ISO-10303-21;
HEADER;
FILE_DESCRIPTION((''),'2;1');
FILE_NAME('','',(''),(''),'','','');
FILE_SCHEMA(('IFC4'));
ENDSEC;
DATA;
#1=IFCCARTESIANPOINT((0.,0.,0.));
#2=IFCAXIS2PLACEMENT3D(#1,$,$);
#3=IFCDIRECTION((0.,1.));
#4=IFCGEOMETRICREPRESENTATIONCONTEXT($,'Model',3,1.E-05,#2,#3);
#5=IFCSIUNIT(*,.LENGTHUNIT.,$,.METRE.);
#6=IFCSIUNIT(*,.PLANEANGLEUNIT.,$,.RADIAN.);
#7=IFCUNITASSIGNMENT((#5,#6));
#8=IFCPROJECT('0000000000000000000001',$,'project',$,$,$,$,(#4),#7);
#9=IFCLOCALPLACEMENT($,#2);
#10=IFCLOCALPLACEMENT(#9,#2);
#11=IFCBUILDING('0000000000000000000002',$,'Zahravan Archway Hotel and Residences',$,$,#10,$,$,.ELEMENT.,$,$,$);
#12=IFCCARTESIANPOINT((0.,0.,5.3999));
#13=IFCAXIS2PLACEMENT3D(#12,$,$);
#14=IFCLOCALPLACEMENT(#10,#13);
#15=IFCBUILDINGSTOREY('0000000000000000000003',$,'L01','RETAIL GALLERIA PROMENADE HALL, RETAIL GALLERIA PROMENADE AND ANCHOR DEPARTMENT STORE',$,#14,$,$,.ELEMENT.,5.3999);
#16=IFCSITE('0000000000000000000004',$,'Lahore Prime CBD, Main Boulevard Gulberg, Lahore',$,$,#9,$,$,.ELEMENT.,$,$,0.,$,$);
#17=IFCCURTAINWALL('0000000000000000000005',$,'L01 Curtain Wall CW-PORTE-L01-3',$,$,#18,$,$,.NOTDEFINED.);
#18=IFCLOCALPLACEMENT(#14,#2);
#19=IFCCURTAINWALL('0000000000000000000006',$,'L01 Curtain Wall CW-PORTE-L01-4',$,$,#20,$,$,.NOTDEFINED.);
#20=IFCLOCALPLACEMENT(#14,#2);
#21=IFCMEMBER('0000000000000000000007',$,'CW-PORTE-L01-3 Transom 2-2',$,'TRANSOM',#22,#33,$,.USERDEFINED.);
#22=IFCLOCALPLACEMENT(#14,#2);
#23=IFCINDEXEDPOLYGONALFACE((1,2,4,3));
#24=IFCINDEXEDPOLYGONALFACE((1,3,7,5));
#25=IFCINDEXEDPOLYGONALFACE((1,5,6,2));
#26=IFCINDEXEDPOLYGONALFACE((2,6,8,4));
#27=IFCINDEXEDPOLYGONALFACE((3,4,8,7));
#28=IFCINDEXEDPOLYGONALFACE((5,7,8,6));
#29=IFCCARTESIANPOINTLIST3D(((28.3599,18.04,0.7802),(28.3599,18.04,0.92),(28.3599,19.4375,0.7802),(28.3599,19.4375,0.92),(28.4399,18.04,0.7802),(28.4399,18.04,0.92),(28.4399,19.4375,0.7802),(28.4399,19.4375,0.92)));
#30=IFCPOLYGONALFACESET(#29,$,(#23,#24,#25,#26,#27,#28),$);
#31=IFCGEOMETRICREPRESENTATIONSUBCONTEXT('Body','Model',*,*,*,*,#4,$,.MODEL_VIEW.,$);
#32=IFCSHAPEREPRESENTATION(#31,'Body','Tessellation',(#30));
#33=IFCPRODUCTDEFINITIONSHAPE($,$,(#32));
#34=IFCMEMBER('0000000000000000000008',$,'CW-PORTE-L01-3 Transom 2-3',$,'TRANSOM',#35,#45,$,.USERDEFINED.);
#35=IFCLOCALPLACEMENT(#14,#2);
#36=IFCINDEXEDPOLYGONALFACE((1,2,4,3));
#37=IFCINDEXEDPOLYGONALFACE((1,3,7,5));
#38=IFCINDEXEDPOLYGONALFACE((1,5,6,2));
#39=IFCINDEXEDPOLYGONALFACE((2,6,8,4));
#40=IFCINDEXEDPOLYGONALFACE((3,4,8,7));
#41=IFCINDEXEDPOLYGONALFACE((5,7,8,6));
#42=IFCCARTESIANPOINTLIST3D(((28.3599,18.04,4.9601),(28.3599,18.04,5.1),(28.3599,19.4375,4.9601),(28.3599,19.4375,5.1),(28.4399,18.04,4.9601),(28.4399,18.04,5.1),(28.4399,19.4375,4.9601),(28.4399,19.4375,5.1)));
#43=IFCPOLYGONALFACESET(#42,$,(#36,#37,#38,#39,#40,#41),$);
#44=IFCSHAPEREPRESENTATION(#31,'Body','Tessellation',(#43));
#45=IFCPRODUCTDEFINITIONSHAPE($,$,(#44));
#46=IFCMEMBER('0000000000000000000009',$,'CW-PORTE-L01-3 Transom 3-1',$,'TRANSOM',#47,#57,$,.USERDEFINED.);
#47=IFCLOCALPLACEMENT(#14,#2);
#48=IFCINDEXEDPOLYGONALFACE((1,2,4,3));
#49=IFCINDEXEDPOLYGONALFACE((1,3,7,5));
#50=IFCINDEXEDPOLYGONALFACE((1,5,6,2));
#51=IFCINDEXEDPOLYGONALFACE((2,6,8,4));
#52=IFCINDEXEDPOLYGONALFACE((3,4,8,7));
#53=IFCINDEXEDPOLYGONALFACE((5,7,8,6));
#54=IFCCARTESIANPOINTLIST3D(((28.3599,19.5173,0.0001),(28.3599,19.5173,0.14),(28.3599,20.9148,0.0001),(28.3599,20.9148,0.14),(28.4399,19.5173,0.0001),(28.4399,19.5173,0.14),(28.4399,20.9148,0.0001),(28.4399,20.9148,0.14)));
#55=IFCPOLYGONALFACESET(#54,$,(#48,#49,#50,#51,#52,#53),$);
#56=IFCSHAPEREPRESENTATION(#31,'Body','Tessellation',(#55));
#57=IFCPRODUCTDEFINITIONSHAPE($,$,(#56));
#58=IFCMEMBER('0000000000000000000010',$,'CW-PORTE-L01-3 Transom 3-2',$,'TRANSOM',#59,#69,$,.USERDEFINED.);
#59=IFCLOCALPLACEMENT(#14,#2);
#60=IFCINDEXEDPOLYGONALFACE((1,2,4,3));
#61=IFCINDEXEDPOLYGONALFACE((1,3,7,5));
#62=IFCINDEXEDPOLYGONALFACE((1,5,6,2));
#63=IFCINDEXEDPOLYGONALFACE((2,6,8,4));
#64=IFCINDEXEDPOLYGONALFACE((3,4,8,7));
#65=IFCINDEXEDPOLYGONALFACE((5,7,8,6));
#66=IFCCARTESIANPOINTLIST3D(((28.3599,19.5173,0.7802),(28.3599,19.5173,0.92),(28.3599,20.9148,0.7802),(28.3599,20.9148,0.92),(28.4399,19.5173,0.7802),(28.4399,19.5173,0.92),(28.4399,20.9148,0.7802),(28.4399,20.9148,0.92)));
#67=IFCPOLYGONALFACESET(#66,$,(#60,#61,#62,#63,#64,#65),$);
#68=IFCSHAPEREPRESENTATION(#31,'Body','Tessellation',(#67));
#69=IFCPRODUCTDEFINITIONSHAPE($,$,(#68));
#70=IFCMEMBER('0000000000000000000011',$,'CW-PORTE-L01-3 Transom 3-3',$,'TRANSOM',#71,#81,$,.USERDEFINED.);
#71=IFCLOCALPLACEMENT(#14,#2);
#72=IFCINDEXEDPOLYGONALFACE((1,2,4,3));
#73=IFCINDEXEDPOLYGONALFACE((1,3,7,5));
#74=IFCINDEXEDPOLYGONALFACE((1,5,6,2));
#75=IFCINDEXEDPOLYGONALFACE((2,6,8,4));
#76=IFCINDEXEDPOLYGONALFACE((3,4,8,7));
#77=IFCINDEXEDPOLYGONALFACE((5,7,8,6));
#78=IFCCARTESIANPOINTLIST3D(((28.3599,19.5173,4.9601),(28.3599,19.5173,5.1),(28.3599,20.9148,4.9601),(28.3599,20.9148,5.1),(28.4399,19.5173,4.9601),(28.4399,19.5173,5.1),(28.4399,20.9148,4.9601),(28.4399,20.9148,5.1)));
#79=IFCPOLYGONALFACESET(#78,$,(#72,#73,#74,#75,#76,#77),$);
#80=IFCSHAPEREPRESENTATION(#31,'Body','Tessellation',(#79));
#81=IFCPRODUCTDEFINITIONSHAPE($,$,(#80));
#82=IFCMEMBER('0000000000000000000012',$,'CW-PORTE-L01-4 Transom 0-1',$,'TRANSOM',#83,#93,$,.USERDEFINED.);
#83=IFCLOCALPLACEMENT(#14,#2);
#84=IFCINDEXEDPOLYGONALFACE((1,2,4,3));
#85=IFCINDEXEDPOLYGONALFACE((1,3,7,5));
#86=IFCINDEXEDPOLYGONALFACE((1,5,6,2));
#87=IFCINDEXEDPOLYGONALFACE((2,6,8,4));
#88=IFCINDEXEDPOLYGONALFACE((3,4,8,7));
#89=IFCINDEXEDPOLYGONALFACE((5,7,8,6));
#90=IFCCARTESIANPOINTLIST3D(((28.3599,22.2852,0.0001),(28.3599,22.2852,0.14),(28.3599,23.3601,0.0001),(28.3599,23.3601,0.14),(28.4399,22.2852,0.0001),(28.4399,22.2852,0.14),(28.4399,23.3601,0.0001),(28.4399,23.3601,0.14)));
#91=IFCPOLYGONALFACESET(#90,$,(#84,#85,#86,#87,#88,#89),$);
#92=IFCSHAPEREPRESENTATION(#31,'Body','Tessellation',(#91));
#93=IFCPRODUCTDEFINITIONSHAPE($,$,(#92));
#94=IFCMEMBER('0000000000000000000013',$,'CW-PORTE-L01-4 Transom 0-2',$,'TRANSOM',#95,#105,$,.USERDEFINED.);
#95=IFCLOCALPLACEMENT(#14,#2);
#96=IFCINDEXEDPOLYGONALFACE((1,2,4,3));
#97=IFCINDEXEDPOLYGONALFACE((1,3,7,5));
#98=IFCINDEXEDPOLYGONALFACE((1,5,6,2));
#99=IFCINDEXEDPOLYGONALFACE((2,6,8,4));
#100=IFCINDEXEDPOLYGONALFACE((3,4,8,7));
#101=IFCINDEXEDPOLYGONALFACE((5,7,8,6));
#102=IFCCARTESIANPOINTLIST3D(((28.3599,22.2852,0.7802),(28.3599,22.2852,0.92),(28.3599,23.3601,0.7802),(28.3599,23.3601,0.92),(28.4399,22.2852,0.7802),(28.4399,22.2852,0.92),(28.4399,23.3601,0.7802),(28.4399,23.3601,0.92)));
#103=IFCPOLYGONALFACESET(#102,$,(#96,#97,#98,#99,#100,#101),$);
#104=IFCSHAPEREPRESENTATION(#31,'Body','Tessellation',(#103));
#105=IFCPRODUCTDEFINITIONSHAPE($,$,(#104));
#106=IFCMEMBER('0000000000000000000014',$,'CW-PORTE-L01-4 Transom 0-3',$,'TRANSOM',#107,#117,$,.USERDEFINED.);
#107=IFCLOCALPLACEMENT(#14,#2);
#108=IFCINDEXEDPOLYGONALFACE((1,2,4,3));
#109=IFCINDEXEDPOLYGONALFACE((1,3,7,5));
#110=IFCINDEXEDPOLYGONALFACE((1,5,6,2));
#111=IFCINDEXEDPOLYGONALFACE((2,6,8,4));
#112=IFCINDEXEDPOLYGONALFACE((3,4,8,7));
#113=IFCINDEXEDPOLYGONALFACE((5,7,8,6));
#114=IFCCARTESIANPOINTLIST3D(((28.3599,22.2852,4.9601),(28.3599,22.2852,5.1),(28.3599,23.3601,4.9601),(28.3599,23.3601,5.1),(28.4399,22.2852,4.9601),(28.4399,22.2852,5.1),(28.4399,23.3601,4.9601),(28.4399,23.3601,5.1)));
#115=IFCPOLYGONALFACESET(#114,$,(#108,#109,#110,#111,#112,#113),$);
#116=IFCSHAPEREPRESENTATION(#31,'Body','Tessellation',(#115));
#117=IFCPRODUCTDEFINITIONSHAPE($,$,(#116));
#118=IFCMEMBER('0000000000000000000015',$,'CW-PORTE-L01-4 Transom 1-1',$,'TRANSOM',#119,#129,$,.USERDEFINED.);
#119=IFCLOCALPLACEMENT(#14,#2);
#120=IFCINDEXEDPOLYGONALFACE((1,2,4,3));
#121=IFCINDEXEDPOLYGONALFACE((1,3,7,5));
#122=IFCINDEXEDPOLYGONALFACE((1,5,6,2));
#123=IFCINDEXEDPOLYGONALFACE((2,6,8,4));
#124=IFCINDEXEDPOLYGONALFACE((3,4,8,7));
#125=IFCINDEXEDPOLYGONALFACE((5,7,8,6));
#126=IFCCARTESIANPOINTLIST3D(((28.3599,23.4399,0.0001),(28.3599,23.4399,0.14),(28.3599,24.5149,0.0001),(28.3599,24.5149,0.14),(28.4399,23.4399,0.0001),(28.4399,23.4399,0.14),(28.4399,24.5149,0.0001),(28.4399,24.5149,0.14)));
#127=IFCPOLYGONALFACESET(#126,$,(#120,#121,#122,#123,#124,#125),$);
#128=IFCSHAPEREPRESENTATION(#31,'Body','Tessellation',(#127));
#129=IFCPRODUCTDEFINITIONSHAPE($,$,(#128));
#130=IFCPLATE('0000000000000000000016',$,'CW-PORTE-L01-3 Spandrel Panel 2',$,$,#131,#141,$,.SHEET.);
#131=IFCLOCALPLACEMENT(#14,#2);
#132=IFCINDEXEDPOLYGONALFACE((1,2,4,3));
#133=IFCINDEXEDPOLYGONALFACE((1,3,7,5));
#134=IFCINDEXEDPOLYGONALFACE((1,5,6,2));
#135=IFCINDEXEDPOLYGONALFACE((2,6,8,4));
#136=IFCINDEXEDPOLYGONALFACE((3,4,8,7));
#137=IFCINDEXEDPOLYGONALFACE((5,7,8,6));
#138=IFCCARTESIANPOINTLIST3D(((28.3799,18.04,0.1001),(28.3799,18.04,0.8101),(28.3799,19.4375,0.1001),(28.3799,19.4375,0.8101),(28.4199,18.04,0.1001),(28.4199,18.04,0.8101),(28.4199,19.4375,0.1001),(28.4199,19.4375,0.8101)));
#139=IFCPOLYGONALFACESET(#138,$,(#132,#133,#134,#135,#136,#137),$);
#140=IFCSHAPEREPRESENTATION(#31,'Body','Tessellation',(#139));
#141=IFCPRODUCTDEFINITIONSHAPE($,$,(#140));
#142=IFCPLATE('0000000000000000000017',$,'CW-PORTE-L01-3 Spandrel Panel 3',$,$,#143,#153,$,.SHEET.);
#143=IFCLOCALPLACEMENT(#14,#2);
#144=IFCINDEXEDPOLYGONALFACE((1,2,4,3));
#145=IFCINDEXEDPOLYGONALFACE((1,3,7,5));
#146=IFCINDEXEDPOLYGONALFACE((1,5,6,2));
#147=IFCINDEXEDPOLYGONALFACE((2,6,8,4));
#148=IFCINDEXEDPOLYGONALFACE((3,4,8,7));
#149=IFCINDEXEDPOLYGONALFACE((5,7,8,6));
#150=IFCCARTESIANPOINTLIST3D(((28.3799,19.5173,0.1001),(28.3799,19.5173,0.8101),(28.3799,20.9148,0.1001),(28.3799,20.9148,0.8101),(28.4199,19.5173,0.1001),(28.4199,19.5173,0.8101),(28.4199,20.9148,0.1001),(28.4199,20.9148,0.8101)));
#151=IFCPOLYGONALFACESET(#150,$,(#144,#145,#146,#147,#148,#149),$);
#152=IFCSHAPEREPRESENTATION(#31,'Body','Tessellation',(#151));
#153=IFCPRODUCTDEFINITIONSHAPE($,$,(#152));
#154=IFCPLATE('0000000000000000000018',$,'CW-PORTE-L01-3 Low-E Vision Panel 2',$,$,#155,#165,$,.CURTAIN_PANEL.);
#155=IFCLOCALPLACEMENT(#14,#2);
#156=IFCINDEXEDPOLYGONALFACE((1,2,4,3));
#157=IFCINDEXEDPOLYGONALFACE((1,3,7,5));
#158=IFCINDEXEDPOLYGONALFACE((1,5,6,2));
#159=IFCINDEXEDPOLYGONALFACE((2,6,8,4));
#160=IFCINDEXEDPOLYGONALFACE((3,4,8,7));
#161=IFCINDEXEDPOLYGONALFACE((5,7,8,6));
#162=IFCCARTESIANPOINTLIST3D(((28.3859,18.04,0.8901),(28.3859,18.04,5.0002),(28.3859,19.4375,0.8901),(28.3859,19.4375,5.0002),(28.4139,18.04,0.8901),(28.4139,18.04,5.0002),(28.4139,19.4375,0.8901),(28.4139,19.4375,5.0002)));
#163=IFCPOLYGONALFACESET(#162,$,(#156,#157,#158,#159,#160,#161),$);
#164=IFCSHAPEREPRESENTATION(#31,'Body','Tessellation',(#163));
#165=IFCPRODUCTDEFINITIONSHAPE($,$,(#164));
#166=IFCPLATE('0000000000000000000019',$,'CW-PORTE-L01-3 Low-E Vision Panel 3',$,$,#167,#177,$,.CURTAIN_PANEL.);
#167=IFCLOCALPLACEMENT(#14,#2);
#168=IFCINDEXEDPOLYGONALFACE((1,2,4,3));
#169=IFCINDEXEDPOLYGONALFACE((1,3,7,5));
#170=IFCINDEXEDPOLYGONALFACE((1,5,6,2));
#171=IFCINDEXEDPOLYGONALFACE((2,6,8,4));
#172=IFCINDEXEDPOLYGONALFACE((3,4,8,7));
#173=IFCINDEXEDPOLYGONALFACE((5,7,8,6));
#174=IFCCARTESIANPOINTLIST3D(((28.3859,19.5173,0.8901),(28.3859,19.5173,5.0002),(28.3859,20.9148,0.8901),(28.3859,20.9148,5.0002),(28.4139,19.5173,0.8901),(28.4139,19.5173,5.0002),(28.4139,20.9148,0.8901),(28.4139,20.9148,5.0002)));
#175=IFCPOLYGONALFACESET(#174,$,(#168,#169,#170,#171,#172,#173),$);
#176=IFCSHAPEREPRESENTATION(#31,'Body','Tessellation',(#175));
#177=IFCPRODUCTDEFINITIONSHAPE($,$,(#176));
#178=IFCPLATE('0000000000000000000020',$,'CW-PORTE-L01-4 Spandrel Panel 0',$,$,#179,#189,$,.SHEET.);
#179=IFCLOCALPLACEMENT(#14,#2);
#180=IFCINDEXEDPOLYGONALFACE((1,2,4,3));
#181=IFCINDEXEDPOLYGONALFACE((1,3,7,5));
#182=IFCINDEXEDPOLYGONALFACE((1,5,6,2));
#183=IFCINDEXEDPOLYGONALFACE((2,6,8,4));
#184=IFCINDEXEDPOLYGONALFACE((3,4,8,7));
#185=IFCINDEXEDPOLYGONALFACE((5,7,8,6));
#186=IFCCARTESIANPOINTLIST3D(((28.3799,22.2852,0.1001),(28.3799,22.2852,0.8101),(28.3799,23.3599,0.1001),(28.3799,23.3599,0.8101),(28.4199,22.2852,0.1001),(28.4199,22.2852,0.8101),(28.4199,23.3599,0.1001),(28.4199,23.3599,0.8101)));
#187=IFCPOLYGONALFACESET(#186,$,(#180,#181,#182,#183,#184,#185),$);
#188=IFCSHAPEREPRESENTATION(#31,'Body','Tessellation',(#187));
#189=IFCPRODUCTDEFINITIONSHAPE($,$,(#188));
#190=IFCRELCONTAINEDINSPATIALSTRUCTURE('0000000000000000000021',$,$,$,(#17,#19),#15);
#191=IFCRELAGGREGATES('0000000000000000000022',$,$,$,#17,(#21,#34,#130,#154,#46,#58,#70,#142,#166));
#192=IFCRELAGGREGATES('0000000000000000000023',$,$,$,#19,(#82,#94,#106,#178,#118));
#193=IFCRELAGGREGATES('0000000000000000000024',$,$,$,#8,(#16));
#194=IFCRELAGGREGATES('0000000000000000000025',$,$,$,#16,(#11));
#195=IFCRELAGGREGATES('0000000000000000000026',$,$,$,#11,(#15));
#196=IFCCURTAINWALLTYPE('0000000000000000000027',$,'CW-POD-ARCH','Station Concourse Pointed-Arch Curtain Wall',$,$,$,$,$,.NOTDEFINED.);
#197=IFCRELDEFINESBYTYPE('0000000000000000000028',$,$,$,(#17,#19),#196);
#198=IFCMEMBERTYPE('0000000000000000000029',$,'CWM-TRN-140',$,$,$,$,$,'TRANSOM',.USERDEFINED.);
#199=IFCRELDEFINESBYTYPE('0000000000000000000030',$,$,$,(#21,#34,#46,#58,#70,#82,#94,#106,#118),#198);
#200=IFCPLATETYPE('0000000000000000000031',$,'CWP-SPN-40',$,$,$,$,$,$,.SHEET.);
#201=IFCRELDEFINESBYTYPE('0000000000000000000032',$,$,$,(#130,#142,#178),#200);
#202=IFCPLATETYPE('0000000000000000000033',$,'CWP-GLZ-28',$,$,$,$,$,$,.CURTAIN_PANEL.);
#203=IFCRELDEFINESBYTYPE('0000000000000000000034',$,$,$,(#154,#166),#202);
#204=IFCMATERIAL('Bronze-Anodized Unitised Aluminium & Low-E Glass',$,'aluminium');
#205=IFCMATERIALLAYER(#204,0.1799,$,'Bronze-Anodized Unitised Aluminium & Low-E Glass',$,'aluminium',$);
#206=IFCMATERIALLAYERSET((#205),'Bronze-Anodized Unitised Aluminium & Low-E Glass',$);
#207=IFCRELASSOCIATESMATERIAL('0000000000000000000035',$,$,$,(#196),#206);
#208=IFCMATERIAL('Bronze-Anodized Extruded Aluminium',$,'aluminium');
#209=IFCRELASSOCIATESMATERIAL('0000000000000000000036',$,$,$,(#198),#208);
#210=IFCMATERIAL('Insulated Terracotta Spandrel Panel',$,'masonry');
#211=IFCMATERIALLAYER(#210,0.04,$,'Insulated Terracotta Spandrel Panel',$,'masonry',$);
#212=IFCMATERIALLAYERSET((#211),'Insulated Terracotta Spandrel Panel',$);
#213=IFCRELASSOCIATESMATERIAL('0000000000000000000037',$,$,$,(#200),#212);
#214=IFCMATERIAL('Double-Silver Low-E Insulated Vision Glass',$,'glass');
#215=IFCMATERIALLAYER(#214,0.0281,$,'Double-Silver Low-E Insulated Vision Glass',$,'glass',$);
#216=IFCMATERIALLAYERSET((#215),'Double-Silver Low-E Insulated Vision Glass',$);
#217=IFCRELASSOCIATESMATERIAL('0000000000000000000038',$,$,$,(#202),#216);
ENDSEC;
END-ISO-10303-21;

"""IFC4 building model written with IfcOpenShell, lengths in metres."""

from ifc_helpers import new_model, si_unit, direction, frame, origin, origin_2d, place, context, subcontext, project, spatial, rectangle, extrude, source, transform, mapped, material, layer, layer_set, material_profile, profile_set, type_object, element, aggregate, save


model = new_model("IFC4")

# Units and contexts
model_context = context("Model", 3, precision=1e-05, world=origin(), true_north=direction((0.0, 1.0)))
body_context = subcontext(model_context, "Body", "Model", "MODEL_VIEW")
ifc_project = project(units=[si_unit("LENGTHUNIT", "METRE"), si_unit("PLANEANGLEUNIT", "RADIAN")], contexts=[model_context])

# Site, building, storey
site_placement = place(None, origin())
site = spatial("IfcSite", under=ifc_project, at=site_placement, Name="Lahore Prime CBD, Main Boulevard Gulberg, Lahore", CompositionType="ELEMENT", RefElevation=0.0)
building_placement = place(site_placement, origin())
building = spatial("IfcBuilding", under=site, at=building_placement, Name="Zahravan Archway Hotel and Residences", CompositionType="ELEMENT")
storey_placement = place(building_placement, frame((0.0, 0.0, 5.3999)))
storey = spatial("IfcBuildingStorey", under=building, at=storey_placement, Name="L01", Description="RETAIL GALLERIA PROMENADE HALL, RETAIL GALLERIA PROMENADE AND ANCHOR DEPARTMENT STORE", CompositionType="ELEMENT", Elevation=5.3999)

# Curtain walls
ifc_material_1 = material(Name="Bronze-Anodized Unitised Aluminium & Low-E Glass", Category="aluminium")
ifc_layer_1 = layer(ifc_material_1, 0.1799, Name="Bronze-Anodized Unitised Aluminium & Low-E Glass", Category="aluminium")
ifc_layer_set_1 = layer_set([ifc_layer_1], Name="Bronze-Anodized Unitised Aluminium & Low-E Glass")
curtain_wall_type = type_object("IfcCurtainWallType", Name="CW-POD-ARCH", Description="Station Concourse Pointed-Arch Curtain Wall", PredefinedType="NOTDEFINED", material=ifc_layer_set_1)
curtain_wall_1_placement = place(storey_placement, origin())
curtain_wall_1 = element("IfcCurtainWall", 1, at=curtain_wall_1_placement, inside=storey, type_object=curtain_wall_type, Name="L01 Curtain Wall CW-PORTE-L01-3", PredefinedType="NOTDEFINED")
ifc_material_2 = material(Name="Bronze-Anodized Extruded Aluminium", Category="aluminium")
curtain_wall_2_placement = place(storey_placement, origin())
curtain_wall_2 = element("IfcCurtainWall", 2, at=curtain_wall_2_placement, inside=storey, type_object=curtain_wall_type, Name="L01 Curtain Wall CW-PORTE-L01-4", PredefinedType="NOTDEFINED")

# Members
ifc_material_profile_1 = material_profile(ifc_material_2, rectangle(XDim=0.0801, YDim=0.1399, at=origin_2d()), Name="TRN 80x140", Category="aluminium")
ifc_profile_set_1 = profile_set([ifc_material_profile_1], Name="Bronze-Anodized Extruded Aluminium")
member_type_1 = type_object("IfcMemberType", Name="CWM-TRN-140", ElementType="TRANSOM", PredefinedType="USERDEFINED", material=ifc_profile_set_1)
shared_shape_1 = source(origin(), body_context, "Body", "SweptSolid", [
    extrude(rectangle(XDim=0.0801, YDim=0.1399, at=origin_2d()), origin(), (0.0, 0.0, 1.0), 1.3975),
])
member_1_placement = place(storey_placement, frame((28.3999, 18.04, 0.8501), z_axis=(0.0, 1.0, 0.0), x_axis=(-1.0, 0.0, 0.0)))
member_1 = element("IfcMember", 3, at=member_1_placement, type_object=member_type_1, Name="CW-PORTE-L01-3 Transom 2-2", ObjectType="TRANSOM", PredefinedType="USERDEFINED", context=body_context, shape_type="MappedRepresentation", body=[
    mapped(shared_shape_1, transform((0.0, 0.0, 0.0), scale=1.0)),
])
member_2_placement = place(storey_placement, frame((28.3999, 18.04, 5.03), z_axis=(0.0, 1.0, 0.0), x_axis=(-1.0, 0.0, 0.0)))
member_2 = element("IfcMember", 4, at=member_2_placement, type_object=member_type_1, Name="CW-PORTE-L01-3 Transom 2-3", ObjectType="TRANSOM", PredefinedType="USERDEFINED", context=body_context, shape_type="MappedRepresentation", body=[
    mapped(shared_shape_1, transform((0.0, 0.0, 0.0), scale=1.0)),
])
member_3_placement = place(storey_placement, frame((28.3999, 19.5173, 0.0701), z_axis=(0.0, 1.0, 0.0), x_axis=(-1.0, 0.0, 0.0)))
member_3 = element("IfcMember", 5, at=member_3_placement, type_object=member_type_1, Name="CW-PORTE-L01-3 Transom 3-1", ObjectType="TRANSOM", PredefinedType="USERDEFINED", context=body_context, shape_type="MappedRepresentation", body=[
    mapped(shared_shape_1, transform((0.0, 0.0, 0.0), scale=1.0)),
])
member_4_placement = place(storey_placement, frame((28.3999, 19.5173, 0.8501), z_axis=(0.0, 1.0, 0.0), x_axis=(-1.0, 0.0, 0.0)))
member_4 = element("IfcMember", 6, at=member_4_placement, type_object=member_type_1, Name="CW-PORTE-L01-3 Transom 3-2", ObjectType="TRANSOM", PredefinedType="USERDEFINED", context=body_context, shape_type="MappedRepresentation", body=[
    mapped(shared_shape_1, transform((0.0, 0.0, 0.0), scale=1.0)),
])
member_5_placement = place(storey_placement, frame((28.3999, 19.5173, 5.03), z_axis=(0.0, 1.0, 0.0), x_axis=(-1.0, 0.0, 0.0)))
member_5 = element("IfcMember", 7, at=member_5_placement, type_object=member_type_1, Name="CW-PORTE-L01-3 Transom 3-3", ObjectType="TRANSOM", PredefinedType="USERDEFINED", context=body_context, shape_type="MappedRepresentation", body=[
    mapped(shared_shape_1, transform((0.0, 0.0, 0.0), scale=1.0)),
])
shared_shape_2 = source(origin(), body_context, "Body", "SweptSolid", [
    extrude(rectangle(XDim=0.0801, YDim=0.1399, at=origin_2d()), origin(), (0.0, 0.0, 1.0), 1.075),
])
member_6_placement = place(storey_placement, frame((28.3999, 22.2852, 0.0701), z_axis=(0.0, 1.0, 0.0), x_axis=(-1.0, 0.0, 0.0)))
member_6 = element("IfcMember", 8, at=member_6_placement, type_object=member_type_1, Name="CW-PORTE-L01-4 Transom 0-1", ObjectType="TRANSOM", PredefinedType="USERDEFINED", context=body_context, shape_type="MappedRepresentation", body=[
    mapped(shared_shape_2, transform((0.0, 0.0, 0.0), scale=1.0)),
])
member_7_placement = place(storey_placement, frame((28.3999, 22.2852, 0.8501), z_axis=(0.0, 1.0, 0.0), x_axis=(-1.0, 0.0, 0.0)))
member_7 = element("IfcMember", 9, at=member_7_placement, type_object=member_type_1, Name="CW-PORTE-L01-4 Transom 0-2", ObjectType="TRANSOM", PredefinedType="USERDEFINED", context=body_context, shape_type="MappedRepresentation", body=[
    mapped(shared_shape_2, transform((0.0, 0.0, 0.0), scale=1.0)),
])
member_8_placement = place(storey_placement, frame((28.3999, 22.2852, 5.03), z_axis=(0.0, 1.0, 0.0), x_axis=(-1.0, 0.0, 0.0)))
member_8 = element("IfcMember", 10, at=member_8_placement, type_object=member_type_1, Name="CW-PORTE-L01-4 Transom 0-3", ObjectType="TRANSOM", PredefinedType="USERDEFINED", context=body_context, shape_type="MappedRepresentation", body=[
    mapped(shared_shape_2, transform((0.0, 0.0, 0.0), scale=1.0)),
])
member_9_placement = place(storey_placement, frame((28.3999, 23.4399, 0.0701), z_axis=(0.0, 1.0, 0.0), x_axis=(-1.0, 0.0, 0.0)))
member_9 = element("IfcMember", 11, at=member_9_placement, type_object=member_type_1, Name="CW-PORTE-L01-4 Transom 1-1", ObjectType="TRANSOM", PredefinedType="USERDEFINED", context=body_context, shape_type="MappedRepresentation", body=[
    mapped(shared_shape_2, transform((0.0, 0.0, 0.0), scale=1.0)),
])

# Plates
ifc_material_3 = material(Name="Insulated Terracotta Spandrel Panel", Category="masonry")
ifc_layer_2 = layer(ifc_material_3, 0.04, Name="Insulated Terracotta Spandrel Panel", Category="masonry")
ifc_layer_set_2 = layer_set([ifc_layer_2], Name="Insulated Terracotta Spandrel Panel")
plate_type_1 = type_object("IfcPlateType", Name="CWP-SPN-40", PredefinedType="SHEET", material=ifc_layer_set_2)
shared_shape_3 = source(origin(), body_context, "Body", "SweptSolid", [
    extrude(rectangle(XDim=1.3975, YDim=0.04, at=origin_2d()), origin(), (0.0, 0.0, 1.0), 0.71),
])
plate_1_placement = place(storey_placement, frame((28.3999, 18.7388, 0.1001), z_axis=(0.0, 0.0, 1.0), x_axis=(0.0, 1.0, 0.0)))
plate_1 = element("IfcPlate", 12, at=plate_1_placement, type_object=plate_type_1, Name="CW-PORTE-L01-3 Spandrel Panel 2", PredefinedType="SHEET", context=body_context, shape_type="MappedRepresentation", body=[
    mapped(shared_shape_3, transform((0.0, 0.0, 0.0), scale=1.0)),
])
plate_2_placement = place(storey_placement, frame((28.3999, 20.2161, 0.1001), z_axis=(0.0, 0.0, 1.0), x_axis=(0.0, 1.0, 0.0)))
plate_2 = element("IfcPlate", 13, at=plate_2_placement, type_object=plate_type_1, Name="CW-PORTE-L01-3 Spandrel Panel 3", PredefinedType="SHEET", context=body_context, shape_type="MappedRepresentation", body=[
    mapped(shared_shape_3, transform((0.0, 0.0, 0.0), scale=1.0)),
])
ifc_material_4 = material(Name="Double-Silver Low-E Insulated Vision Glass", Category="glass")
ifc_layer_3 = layer(ifc_material_4, 0.0281, Name="Double-Silver Low-E Insulated Vision Glass", Category="glass")
ifc_layer_set_3 = layer_set([ifc_layer_3], Name="Double-Silver Low-E Insulated Vision Glass")
plate_type_2 = type_object("IfcPlateType", Name="CWP-GLZ-28", PredefinedType="CURTAIN_PANEL", material=ifc_layer_set_3)
shared_shape_4 = source(origin(), body_context, "Body", "SweptSolid", [
    extrude(rectangle(XDim=1.3975, YDim=0.0281, at=origin_2d()), origin(), (0.0, 0.0, 1.0), 4.1101),
])
plate_3_placement = place(storey_placement, frame((28.3999, 18.7388, 0.8901), z_axis=(0.0, 0.0, 1.0), x_axis=(0.0, 1.0, 0.0)))
plate_3 = element("IfcPlate", 14, at=plate_3_placement, type_object=plate_type_2, Name="CW-PORTE-L01-3 Low-E Vision Panel 2", PredefinedType="CURTAIN_PANEL", context=body_context, shape_type="MappedRepresentation", body=[
    mapped(shared_shape_4, transform((0.0, 0.0, 0.0), scale=1.0)),
])
plate_4_placement = place(storey_placement, frame((28.3999, 20.2161, 0.8901), z_axis=(0.0, 0.0, 1.0), x_axis=(0.0, 1.0, 0.0)))
plate_4 = element("IfcPlate", 15, at=plate_4_placement, type_object=plate_type_2, Name="CW-PORTE-L01-3 Low-E Vision Panel 3", PredefinedType="CURTAIN_PANEL", context=body_context, shape_type="MappedRepresentation", body=[
    mapped(shared_shape_4, transform((0.0, 0.0, 0.0), scale=1.0)),
])
aggregate(curtain_wall_1, [member_1, member_2, plate_1, plate_3, member_3, member_4, member_5, plate_2, plate_4])
shared_shape_5 = source(origin(), body_context, "Body", "SweptSolid", [
    extrude(rectangle(XDim=1.0747, YDim=0.04, at=origin_2d()), origin(), (0.0, 0.0, 1.0), 0.71),
])
plate_5_placement = place(storey_placement, frame((28.3999, 22.8225, 0.1001), z_axis=(0.0, 0.0, 1.0), x_axis=(0.0, 1.0, 0.0)))
plate_5 = element("IfcPlate", 16, at=plate_5_placement, type_object=plate_type_1, Name="CW-PORTE-L01-4 Spandrel Panel 0", PredefinedType="SHEET", context=body_context, shape_type="MappedRepresentation", body=[
    mapped(shared_shape_5, transform((0.0, 0.0, 0.0), scale=1.0)),
])
aggregate(curtain_wall_2, [member_6, member_7, member_8, plate_5, member_9])

save(model, "model.ifc")
